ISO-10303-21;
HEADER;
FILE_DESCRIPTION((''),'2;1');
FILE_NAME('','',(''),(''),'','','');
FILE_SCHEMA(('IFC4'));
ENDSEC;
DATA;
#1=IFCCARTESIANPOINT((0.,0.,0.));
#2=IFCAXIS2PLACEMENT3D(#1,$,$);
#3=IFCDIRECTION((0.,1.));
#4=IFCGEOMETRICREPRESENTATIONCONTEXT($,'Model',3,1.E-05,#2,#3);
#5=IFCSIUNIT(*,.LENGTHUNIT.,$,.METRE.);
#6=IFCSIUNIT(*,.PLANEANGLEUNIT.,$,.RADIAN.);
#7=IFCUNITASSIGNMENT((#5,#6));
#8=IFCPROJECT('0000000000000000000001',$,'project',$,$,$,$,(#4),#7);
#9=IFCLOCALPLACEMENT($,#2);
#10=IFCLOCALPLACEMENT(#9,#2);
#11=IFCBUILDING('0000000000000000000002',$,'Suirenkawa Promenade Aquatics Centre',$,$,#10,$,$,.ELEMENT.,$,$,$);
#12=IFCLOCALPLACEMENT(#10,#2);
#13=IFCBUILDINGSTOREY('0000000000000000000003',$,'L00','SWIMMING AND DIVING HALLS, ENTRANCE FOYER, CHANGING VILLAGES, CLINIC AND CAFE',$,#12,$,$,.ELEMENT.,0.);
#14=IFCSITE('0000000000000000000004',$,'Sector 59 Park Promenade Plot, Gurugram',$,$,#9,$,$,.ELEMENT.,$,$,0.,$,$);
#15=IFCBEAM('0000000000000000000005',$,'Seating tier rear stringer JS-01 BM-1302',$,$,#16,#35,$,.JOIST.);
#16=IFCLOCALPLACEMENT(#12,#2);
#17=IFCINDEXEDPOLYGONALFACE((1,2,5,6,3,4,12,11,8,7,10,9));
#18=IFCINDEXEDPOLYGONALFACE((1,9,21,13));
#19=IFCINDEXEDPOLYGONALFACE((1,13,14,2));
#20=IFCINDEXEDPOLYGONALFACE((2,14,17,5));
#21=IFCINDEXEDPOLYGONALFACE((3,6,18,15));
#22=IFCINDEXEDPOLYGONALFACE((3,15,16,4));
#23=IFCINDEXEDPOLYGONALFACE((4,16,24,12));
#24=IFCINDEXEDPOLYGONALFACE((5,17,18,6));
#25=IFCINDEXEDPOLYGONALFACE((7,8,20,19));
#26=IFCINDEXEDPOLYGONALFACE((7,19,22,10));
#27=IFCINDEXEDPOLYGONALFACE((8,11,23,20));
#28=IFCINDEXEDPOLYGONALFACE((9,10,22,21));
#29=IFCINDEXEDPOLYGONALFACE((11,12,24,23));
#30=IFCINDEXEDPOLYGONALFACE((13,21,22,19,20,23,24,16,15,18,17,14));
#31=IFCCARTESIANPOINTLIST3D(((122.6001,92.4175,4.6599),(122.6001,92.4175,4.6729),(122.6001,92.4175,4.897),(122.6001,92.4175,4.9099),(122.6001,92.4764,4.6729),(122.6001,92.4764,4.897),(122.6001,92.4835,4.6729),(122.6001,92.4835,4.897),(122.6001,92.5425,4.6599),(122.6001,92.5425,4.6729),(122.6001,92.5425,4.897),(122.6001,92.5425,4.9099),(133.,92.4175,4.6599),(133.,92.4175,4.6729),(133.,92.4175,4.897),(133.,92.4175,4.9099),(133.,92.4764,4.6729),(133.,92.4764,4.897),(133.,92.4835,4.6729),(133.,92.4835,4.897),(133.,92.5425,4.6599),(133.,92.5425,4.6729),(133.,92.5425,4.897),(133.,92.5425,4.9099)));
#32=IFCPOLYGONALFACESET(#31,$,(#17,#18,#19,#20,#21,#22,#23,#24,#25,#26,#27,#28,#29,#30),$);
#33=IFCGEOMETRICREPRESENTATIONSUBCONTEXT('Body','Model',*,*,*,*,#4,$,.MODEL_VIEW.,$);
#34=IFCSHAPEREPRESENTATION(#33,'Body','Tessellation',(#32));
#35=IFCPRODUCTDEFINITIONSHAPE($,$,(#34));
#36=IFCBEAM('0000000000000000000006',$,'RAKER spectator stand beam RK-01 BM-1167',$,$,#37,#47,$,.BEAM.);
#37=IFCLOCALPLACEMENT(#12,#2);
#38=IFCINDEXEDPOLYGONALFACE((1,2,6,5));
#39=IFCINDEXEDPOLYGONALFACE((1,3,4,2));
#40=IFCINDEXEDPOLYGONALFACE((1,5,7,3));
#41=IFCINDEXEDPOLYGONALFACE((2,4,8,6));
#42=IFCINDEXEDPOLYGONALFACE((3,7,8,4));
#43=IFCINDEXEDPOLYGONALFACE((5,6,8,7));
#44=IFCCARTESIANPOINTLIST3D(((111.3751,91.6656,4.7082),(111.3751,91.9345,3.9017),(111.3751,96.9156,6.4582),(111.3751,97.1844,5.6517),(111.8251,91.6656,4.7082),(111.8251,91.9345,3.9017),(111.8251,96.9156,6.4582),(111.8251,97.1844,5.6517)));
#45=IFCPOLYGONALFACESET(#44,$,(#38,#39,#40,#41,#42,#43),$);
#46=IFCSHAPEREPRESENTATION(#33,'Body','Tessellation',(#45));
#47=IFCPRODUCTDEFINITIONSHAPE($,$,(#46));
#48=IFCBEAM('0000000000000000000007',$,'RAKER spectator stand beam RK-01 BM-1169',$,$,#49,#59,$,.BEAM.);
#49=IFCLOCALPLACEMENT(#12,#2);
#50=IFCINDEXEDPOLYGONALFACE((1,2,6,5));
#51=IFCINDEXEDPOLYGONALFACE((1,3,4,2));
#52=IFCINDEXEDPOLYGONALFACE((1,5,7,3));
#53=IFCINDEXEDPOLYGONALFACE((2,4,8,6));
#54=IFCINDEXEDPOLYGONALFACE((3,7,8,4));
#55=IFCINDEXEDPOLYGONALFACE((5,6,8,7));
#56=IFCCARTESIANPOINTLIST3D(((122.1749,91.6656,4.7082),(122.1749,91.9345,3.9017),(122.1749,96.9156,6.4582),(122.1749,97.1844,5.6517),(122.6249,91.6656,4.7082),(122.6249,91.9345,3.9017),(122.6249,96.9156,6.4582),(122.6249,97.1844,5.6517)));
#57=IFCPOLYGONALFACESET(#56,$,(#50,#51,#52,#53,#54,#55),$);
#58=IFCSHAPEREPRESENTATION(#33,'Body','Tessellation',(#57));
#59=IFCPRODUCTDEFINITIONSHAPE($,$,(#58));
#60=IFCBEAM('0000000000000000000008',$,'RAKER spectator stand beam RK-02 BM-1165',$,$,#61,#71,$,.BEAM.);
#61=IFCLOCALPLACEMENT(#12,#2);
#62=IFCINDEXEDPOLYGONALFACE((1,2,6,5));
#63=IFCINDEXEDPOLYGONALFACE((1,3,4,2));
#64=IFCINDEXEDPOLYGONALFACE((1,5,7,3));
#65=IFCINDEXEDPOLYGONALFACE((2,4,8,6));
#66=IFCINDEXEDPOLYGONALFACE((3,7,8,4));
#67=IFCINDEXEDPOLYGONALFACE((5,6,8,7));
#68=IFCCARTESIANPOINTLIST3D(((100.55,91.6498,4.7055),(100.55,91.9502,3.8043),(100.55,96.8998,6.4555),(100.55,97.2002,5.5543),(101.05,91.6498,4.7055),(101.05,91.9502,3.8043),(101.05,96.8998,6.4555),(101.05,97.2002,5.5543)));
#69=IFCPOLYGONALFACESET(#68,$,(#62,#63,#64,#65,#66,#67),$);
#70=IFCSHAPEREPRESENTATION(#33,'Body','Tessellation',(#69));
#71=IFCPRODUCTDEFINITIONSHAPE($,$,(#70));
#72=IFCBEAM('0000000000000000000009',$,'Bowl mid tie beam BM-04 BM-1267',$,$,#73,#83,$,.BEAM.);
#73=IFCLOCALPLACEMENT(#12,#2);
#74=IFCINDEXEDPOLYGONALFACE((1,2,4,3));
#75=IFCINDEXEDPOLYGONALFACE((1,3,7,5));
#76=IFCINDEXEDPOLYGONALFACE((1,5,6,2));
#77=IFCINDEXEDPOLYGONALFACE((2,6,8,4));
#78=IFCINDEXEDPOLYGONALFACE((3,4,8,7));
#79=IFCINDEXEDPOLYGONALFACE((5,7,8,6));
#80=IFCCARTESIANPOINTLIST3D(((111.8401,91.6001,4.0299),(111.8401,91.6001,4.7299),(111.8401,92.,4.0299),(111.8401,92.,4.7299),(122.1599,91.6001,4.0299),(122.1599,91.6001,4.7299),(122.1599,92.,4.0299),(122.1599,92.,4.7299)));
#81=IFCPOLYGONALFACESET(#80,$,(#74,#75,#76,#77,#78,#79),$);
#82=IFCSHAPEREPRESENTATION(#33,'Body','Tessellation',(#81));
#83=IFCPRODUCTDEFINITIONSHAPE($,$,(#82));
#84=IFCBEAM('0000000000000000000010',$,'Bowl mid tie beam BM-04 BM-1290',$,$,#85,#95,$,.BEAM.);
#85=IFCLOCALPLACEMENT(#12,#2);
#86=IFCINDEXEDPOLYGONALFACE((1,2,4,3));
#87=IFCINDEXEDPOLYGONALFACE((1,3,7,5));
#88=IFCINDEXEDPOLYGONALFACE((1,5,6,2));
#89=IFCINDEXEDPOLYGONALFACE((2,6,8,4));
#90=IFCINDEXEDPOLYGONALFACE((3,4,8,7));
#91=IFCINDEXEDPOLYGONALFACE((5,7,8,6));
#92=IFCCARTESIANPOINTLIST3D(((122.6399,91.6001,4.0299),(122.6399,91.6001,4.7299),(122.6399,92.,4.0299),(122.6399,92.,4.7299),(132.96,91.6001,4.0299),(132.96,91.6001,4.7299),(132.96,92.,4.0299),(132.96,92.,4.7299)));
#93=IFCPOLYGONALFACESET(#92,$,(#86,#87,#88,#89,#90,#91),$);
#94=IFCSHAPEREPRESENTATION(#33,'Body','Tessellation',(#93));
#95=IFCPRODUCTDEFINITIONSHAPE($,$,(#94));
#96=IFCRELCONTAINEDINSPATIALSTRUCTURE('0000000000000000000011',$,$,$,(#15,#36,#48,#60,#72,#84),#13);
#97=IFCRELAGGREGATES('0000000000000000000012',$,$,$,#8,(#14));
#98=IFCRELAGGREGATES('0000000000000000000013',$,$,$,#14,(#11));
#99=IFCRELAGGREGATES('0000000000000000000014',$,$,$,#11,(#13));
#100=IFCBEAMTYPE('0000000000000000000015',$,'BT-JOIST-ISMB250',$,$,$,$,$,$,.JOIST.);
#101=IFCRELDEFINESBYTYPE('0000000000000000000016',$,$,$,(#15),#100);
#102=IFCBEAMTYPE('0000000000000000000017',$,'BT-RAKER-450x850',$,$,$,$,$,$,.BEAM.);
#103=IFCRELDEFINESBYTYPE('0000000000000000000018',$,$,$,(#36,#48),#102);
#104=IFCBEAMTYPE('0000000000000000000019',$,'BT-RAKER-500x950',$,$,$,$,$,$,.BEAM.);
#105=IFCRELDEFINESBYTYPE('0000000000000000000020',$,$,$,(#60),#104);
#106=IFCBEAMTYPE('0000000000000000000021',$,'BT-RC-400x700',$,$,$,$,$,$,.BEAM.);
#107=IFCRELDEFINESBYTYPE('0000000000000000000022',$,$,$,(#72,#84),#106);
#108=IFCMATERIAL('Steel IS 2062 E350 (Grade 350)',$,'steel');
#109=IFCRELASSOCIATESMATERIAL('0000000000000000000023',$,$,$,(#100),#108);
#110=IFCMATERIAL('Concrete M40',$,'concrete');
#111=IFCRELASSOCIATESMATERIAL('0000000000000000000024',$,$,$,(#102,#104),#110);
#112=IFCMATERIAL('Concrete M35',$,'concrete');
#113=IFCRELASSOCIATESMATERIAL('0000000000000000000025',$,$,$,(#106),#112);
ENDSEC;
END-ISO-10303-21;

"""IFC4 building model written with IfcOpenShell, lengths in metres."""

from ifc_helpers import new_model, si_unit, direction, frame, origin, origin_2d, place, context, subcontext, project, spatial, rectangle, i_section, extrude, material, material_profile, profile_set, type_object, element, save


model = new_model("IFC4")

# Units and contexts
model_context = context("Model", 3, precision=1e-05, world=origin(), true_north=direction((0.0, 1.0)))
body_context = subcontext(model_context, "Body", "Model", "MODEL_VIEW")
ifc_project = project(units=[si_unit("LENGTHUNIT", "METRE"), si_unit("PLANEANGLEUNIT", "RADIAN")], contexts=[model_context])

# Site, building, storey
site_placement = place(None, origin())
site = spatial("IfcSite", under=ifc_project, at=site_placement, Name="Sector 59 Park Promenade Plot, Gurugram", CompositionType="ELEMENT", RefElevation=0.0)
building_placement = place(site_placement, origin())
building = spatial("IfcBuilding", under=site, at=building_placement, Name="Suirenkawa Promenade Aquatics Centre", CompositionType="ELEMENT")
storey_placement = place(building_placement, origin())
storey = spatial("IfcBuildingStorey", under=building, at=storey_placement, Name="L00", Description="SWIMMING AND DIVING HALLS, ENTRANCE FOYER, CHANGING VILLAGES, CLINIC AND CAFE", CompositionType="ELEMENT", Elevation=0.0)

# Shared definitions
ifc_material_1 = material(Name="Concrete M40", Category="concrete")

# Beams
ifc_material_2 = material(Name="Steel IS 2062 E350 (Grade 350)", Category="steel")
ifc_material_profile_1 = material_profile(ifc_material_2, i_section(OverallWidth=0.125, OverallDepth=0.25, WebThickness=0.0071, FlangeThickness=0.0129, at=origin_2d()), Name="ISMB 250", Category="steel")
ifc_profile_set_1 = profile_set([ifc_material_profile_1], Name="Steel IS 2062 E350 (Grade 350)")
beam_type_1 = type_object("IfcBeamType", Name="BT-JOIST-ISMB250", PredefinedType="JOIST", material=ifc_profile_set_1)
for number, where, z_axis, x_axis, name in (
    (1, (122.6001, 92.48, 4.7849), (1.0, 0.0, 0.0), (0.0, 1.0, 0.0), "Seating tier rear stringer JS-01 BM-1302"),
):
    element("IfcBeam", number, at=place(storey_placement, frame(where, z_axis=z_axis, x_axis=x_axis)), inside=storey, type_object=beam_type_1, Name=name, PredefinedType="JOIST", context=body_context, shape_type="SweptSolid", body=[
        extrude(i_section(OverallWidth=0.125, OverallDepth=0.25, WebThickness=0.0071, FlangeThickness=0.0129, at=origin_2d()), origin(), (0.0, 0.0, 1.0), 10.3999),
    ])
ifc_material_profile_2 = material_profile(ifc_material_1, rectangle(XDim=0.45, YDim=0.8501, at=origin_2d()), Name="RC RAKER 450x850", Category="concrete")
ifc_profile_set_2 = profile_set([ifc_material_profile_2], Name="Concrete M40")
beam_type_2 = type_object("IfcBeamType", Name="BT-RAKER-450x850", PredefinedType="BEAM", material=ifc_profile_set_2)
for number, where, z_axis, x_axis, name in (
    (2, (111.6001, 91.8, 4.3049), (0.0, 0.948683, 0.316228), (-1.0, 0.0, 0.0), "RAKER spectator stand beam RK-01 BM-1167"),
    (3, (122.3999, 91.8, 4.3049), (0.0, 0.948683, 0.316228), (-1.0, 0.0, 0.0), "RAKER spectator stand beam RK-01 BM-1169"),
):
    element("IfcBeam", number, at=place(storey_placement, frame(where, z_axis=z_axis, x_axis=x_axis)), inside=storey, type_object=beam_type_2, Name=name, PredefinedType="BEAM", context=body_context, shape_type="SweptSolid", body=[
        extrude(rectangle(XDim=0.45, YDim=0.8501, at=origin_2d()), origin(), (0.0, 0.0, 1.0), 5.5339),
    ])
ifc_material_profile_3 = material_profile(ifc_material_1, rectangle(XDim=0.5, YDim=0.95, at=origin_2d()), Name="RC RAKER 500x950", Category="concrete")
ifc_profile_set_3 = profile_set([ifc_material_profile_3], Name="Concrete M40")
beam_type_3 = type_object("IfcBeamType", Name="BT-RAKER-500x950", PredefinedType="BEAM", material=ifc_profile_set_3)
beam_1_placement = place(storey_placement, frame((100.8, 91.8, 4.2549), z_axis=(0.0, 0.948683, 0.316228), x_axis=(-1.0, 0.0, 0.0)))
element("IfcBeam", 4, at=beam_1_placement, inside=storey, type_object=beam_type_3, Name="RAKER spectator stand beam RK-02 BM-1165", PredefinedType="BEAM", context=body_context, shape_type="SweptSolid", body=[
    extrude(rectangle(XDim=0.5, YDim=0.95, at=origin_2d()), origin(), (0.0, 0.0, 1.0), 5.5339),
])
ifc_material_3 = material(Name="Concrete M35", Category="concrete")
ifc_material_profile_4 = material_profile(ifc_material_3, rectangle(XDim=0.3999, YDim=0.7, at=origin_2d()), Name="RC BM 400x700", Category="concrete")
ifc_profile_set_4 = profile_set([ifc_material_profile_4], Name="Concrete M35")
beam_type_4 = type_object("IfcBeamType", Name="BT-RC-400x700", PredefinedType="BEAM", material=ifc_profile_set_4)
beam_2_placement = place(storey_placement, frame((111.8401, 91.8, 4.3799), z_axis=(1.0, 0.0, 0.0), x_axis=(0.0, 1.0, 0.0)))
element("IfcBeam", 5, at=beam_2_placement, inside=storey, type_object=beam_type_4, Name="Bowl mid tie beam BM-04 BM-1267", PredefinedType="BEAM", context=body_context, shape_type="SweptSolid", body=[
    extrude(rectangle(XDim=0.3999, YDim=0.7, at=origin_2d()), origin(), (0.0, 0.0, 1.0), 10.3198),
])
beam_3_placement = place(storey_placement, frame((122.6399, 91.8, 4.3799), z_axis=(1.0, 0.0, 0.0), x_axis=(0.0, 1.0, 0.0)))
element("IfcBeam", 6, at=beam_3_placement, inside=storey, type_object=beam_type_4, Name="Bowl mid tie beam BM-04 BM-1290", PredefinedType="BEAM", context=body_context, shape_type="SweptSolid", body=[
    extrude(rectangle(XDim=0.3999, YDim=0.7, at=origin_2d()), origin(), (0.0, 0.0, 1.0), 10.3201),
])

save(model, "model.ifc")
